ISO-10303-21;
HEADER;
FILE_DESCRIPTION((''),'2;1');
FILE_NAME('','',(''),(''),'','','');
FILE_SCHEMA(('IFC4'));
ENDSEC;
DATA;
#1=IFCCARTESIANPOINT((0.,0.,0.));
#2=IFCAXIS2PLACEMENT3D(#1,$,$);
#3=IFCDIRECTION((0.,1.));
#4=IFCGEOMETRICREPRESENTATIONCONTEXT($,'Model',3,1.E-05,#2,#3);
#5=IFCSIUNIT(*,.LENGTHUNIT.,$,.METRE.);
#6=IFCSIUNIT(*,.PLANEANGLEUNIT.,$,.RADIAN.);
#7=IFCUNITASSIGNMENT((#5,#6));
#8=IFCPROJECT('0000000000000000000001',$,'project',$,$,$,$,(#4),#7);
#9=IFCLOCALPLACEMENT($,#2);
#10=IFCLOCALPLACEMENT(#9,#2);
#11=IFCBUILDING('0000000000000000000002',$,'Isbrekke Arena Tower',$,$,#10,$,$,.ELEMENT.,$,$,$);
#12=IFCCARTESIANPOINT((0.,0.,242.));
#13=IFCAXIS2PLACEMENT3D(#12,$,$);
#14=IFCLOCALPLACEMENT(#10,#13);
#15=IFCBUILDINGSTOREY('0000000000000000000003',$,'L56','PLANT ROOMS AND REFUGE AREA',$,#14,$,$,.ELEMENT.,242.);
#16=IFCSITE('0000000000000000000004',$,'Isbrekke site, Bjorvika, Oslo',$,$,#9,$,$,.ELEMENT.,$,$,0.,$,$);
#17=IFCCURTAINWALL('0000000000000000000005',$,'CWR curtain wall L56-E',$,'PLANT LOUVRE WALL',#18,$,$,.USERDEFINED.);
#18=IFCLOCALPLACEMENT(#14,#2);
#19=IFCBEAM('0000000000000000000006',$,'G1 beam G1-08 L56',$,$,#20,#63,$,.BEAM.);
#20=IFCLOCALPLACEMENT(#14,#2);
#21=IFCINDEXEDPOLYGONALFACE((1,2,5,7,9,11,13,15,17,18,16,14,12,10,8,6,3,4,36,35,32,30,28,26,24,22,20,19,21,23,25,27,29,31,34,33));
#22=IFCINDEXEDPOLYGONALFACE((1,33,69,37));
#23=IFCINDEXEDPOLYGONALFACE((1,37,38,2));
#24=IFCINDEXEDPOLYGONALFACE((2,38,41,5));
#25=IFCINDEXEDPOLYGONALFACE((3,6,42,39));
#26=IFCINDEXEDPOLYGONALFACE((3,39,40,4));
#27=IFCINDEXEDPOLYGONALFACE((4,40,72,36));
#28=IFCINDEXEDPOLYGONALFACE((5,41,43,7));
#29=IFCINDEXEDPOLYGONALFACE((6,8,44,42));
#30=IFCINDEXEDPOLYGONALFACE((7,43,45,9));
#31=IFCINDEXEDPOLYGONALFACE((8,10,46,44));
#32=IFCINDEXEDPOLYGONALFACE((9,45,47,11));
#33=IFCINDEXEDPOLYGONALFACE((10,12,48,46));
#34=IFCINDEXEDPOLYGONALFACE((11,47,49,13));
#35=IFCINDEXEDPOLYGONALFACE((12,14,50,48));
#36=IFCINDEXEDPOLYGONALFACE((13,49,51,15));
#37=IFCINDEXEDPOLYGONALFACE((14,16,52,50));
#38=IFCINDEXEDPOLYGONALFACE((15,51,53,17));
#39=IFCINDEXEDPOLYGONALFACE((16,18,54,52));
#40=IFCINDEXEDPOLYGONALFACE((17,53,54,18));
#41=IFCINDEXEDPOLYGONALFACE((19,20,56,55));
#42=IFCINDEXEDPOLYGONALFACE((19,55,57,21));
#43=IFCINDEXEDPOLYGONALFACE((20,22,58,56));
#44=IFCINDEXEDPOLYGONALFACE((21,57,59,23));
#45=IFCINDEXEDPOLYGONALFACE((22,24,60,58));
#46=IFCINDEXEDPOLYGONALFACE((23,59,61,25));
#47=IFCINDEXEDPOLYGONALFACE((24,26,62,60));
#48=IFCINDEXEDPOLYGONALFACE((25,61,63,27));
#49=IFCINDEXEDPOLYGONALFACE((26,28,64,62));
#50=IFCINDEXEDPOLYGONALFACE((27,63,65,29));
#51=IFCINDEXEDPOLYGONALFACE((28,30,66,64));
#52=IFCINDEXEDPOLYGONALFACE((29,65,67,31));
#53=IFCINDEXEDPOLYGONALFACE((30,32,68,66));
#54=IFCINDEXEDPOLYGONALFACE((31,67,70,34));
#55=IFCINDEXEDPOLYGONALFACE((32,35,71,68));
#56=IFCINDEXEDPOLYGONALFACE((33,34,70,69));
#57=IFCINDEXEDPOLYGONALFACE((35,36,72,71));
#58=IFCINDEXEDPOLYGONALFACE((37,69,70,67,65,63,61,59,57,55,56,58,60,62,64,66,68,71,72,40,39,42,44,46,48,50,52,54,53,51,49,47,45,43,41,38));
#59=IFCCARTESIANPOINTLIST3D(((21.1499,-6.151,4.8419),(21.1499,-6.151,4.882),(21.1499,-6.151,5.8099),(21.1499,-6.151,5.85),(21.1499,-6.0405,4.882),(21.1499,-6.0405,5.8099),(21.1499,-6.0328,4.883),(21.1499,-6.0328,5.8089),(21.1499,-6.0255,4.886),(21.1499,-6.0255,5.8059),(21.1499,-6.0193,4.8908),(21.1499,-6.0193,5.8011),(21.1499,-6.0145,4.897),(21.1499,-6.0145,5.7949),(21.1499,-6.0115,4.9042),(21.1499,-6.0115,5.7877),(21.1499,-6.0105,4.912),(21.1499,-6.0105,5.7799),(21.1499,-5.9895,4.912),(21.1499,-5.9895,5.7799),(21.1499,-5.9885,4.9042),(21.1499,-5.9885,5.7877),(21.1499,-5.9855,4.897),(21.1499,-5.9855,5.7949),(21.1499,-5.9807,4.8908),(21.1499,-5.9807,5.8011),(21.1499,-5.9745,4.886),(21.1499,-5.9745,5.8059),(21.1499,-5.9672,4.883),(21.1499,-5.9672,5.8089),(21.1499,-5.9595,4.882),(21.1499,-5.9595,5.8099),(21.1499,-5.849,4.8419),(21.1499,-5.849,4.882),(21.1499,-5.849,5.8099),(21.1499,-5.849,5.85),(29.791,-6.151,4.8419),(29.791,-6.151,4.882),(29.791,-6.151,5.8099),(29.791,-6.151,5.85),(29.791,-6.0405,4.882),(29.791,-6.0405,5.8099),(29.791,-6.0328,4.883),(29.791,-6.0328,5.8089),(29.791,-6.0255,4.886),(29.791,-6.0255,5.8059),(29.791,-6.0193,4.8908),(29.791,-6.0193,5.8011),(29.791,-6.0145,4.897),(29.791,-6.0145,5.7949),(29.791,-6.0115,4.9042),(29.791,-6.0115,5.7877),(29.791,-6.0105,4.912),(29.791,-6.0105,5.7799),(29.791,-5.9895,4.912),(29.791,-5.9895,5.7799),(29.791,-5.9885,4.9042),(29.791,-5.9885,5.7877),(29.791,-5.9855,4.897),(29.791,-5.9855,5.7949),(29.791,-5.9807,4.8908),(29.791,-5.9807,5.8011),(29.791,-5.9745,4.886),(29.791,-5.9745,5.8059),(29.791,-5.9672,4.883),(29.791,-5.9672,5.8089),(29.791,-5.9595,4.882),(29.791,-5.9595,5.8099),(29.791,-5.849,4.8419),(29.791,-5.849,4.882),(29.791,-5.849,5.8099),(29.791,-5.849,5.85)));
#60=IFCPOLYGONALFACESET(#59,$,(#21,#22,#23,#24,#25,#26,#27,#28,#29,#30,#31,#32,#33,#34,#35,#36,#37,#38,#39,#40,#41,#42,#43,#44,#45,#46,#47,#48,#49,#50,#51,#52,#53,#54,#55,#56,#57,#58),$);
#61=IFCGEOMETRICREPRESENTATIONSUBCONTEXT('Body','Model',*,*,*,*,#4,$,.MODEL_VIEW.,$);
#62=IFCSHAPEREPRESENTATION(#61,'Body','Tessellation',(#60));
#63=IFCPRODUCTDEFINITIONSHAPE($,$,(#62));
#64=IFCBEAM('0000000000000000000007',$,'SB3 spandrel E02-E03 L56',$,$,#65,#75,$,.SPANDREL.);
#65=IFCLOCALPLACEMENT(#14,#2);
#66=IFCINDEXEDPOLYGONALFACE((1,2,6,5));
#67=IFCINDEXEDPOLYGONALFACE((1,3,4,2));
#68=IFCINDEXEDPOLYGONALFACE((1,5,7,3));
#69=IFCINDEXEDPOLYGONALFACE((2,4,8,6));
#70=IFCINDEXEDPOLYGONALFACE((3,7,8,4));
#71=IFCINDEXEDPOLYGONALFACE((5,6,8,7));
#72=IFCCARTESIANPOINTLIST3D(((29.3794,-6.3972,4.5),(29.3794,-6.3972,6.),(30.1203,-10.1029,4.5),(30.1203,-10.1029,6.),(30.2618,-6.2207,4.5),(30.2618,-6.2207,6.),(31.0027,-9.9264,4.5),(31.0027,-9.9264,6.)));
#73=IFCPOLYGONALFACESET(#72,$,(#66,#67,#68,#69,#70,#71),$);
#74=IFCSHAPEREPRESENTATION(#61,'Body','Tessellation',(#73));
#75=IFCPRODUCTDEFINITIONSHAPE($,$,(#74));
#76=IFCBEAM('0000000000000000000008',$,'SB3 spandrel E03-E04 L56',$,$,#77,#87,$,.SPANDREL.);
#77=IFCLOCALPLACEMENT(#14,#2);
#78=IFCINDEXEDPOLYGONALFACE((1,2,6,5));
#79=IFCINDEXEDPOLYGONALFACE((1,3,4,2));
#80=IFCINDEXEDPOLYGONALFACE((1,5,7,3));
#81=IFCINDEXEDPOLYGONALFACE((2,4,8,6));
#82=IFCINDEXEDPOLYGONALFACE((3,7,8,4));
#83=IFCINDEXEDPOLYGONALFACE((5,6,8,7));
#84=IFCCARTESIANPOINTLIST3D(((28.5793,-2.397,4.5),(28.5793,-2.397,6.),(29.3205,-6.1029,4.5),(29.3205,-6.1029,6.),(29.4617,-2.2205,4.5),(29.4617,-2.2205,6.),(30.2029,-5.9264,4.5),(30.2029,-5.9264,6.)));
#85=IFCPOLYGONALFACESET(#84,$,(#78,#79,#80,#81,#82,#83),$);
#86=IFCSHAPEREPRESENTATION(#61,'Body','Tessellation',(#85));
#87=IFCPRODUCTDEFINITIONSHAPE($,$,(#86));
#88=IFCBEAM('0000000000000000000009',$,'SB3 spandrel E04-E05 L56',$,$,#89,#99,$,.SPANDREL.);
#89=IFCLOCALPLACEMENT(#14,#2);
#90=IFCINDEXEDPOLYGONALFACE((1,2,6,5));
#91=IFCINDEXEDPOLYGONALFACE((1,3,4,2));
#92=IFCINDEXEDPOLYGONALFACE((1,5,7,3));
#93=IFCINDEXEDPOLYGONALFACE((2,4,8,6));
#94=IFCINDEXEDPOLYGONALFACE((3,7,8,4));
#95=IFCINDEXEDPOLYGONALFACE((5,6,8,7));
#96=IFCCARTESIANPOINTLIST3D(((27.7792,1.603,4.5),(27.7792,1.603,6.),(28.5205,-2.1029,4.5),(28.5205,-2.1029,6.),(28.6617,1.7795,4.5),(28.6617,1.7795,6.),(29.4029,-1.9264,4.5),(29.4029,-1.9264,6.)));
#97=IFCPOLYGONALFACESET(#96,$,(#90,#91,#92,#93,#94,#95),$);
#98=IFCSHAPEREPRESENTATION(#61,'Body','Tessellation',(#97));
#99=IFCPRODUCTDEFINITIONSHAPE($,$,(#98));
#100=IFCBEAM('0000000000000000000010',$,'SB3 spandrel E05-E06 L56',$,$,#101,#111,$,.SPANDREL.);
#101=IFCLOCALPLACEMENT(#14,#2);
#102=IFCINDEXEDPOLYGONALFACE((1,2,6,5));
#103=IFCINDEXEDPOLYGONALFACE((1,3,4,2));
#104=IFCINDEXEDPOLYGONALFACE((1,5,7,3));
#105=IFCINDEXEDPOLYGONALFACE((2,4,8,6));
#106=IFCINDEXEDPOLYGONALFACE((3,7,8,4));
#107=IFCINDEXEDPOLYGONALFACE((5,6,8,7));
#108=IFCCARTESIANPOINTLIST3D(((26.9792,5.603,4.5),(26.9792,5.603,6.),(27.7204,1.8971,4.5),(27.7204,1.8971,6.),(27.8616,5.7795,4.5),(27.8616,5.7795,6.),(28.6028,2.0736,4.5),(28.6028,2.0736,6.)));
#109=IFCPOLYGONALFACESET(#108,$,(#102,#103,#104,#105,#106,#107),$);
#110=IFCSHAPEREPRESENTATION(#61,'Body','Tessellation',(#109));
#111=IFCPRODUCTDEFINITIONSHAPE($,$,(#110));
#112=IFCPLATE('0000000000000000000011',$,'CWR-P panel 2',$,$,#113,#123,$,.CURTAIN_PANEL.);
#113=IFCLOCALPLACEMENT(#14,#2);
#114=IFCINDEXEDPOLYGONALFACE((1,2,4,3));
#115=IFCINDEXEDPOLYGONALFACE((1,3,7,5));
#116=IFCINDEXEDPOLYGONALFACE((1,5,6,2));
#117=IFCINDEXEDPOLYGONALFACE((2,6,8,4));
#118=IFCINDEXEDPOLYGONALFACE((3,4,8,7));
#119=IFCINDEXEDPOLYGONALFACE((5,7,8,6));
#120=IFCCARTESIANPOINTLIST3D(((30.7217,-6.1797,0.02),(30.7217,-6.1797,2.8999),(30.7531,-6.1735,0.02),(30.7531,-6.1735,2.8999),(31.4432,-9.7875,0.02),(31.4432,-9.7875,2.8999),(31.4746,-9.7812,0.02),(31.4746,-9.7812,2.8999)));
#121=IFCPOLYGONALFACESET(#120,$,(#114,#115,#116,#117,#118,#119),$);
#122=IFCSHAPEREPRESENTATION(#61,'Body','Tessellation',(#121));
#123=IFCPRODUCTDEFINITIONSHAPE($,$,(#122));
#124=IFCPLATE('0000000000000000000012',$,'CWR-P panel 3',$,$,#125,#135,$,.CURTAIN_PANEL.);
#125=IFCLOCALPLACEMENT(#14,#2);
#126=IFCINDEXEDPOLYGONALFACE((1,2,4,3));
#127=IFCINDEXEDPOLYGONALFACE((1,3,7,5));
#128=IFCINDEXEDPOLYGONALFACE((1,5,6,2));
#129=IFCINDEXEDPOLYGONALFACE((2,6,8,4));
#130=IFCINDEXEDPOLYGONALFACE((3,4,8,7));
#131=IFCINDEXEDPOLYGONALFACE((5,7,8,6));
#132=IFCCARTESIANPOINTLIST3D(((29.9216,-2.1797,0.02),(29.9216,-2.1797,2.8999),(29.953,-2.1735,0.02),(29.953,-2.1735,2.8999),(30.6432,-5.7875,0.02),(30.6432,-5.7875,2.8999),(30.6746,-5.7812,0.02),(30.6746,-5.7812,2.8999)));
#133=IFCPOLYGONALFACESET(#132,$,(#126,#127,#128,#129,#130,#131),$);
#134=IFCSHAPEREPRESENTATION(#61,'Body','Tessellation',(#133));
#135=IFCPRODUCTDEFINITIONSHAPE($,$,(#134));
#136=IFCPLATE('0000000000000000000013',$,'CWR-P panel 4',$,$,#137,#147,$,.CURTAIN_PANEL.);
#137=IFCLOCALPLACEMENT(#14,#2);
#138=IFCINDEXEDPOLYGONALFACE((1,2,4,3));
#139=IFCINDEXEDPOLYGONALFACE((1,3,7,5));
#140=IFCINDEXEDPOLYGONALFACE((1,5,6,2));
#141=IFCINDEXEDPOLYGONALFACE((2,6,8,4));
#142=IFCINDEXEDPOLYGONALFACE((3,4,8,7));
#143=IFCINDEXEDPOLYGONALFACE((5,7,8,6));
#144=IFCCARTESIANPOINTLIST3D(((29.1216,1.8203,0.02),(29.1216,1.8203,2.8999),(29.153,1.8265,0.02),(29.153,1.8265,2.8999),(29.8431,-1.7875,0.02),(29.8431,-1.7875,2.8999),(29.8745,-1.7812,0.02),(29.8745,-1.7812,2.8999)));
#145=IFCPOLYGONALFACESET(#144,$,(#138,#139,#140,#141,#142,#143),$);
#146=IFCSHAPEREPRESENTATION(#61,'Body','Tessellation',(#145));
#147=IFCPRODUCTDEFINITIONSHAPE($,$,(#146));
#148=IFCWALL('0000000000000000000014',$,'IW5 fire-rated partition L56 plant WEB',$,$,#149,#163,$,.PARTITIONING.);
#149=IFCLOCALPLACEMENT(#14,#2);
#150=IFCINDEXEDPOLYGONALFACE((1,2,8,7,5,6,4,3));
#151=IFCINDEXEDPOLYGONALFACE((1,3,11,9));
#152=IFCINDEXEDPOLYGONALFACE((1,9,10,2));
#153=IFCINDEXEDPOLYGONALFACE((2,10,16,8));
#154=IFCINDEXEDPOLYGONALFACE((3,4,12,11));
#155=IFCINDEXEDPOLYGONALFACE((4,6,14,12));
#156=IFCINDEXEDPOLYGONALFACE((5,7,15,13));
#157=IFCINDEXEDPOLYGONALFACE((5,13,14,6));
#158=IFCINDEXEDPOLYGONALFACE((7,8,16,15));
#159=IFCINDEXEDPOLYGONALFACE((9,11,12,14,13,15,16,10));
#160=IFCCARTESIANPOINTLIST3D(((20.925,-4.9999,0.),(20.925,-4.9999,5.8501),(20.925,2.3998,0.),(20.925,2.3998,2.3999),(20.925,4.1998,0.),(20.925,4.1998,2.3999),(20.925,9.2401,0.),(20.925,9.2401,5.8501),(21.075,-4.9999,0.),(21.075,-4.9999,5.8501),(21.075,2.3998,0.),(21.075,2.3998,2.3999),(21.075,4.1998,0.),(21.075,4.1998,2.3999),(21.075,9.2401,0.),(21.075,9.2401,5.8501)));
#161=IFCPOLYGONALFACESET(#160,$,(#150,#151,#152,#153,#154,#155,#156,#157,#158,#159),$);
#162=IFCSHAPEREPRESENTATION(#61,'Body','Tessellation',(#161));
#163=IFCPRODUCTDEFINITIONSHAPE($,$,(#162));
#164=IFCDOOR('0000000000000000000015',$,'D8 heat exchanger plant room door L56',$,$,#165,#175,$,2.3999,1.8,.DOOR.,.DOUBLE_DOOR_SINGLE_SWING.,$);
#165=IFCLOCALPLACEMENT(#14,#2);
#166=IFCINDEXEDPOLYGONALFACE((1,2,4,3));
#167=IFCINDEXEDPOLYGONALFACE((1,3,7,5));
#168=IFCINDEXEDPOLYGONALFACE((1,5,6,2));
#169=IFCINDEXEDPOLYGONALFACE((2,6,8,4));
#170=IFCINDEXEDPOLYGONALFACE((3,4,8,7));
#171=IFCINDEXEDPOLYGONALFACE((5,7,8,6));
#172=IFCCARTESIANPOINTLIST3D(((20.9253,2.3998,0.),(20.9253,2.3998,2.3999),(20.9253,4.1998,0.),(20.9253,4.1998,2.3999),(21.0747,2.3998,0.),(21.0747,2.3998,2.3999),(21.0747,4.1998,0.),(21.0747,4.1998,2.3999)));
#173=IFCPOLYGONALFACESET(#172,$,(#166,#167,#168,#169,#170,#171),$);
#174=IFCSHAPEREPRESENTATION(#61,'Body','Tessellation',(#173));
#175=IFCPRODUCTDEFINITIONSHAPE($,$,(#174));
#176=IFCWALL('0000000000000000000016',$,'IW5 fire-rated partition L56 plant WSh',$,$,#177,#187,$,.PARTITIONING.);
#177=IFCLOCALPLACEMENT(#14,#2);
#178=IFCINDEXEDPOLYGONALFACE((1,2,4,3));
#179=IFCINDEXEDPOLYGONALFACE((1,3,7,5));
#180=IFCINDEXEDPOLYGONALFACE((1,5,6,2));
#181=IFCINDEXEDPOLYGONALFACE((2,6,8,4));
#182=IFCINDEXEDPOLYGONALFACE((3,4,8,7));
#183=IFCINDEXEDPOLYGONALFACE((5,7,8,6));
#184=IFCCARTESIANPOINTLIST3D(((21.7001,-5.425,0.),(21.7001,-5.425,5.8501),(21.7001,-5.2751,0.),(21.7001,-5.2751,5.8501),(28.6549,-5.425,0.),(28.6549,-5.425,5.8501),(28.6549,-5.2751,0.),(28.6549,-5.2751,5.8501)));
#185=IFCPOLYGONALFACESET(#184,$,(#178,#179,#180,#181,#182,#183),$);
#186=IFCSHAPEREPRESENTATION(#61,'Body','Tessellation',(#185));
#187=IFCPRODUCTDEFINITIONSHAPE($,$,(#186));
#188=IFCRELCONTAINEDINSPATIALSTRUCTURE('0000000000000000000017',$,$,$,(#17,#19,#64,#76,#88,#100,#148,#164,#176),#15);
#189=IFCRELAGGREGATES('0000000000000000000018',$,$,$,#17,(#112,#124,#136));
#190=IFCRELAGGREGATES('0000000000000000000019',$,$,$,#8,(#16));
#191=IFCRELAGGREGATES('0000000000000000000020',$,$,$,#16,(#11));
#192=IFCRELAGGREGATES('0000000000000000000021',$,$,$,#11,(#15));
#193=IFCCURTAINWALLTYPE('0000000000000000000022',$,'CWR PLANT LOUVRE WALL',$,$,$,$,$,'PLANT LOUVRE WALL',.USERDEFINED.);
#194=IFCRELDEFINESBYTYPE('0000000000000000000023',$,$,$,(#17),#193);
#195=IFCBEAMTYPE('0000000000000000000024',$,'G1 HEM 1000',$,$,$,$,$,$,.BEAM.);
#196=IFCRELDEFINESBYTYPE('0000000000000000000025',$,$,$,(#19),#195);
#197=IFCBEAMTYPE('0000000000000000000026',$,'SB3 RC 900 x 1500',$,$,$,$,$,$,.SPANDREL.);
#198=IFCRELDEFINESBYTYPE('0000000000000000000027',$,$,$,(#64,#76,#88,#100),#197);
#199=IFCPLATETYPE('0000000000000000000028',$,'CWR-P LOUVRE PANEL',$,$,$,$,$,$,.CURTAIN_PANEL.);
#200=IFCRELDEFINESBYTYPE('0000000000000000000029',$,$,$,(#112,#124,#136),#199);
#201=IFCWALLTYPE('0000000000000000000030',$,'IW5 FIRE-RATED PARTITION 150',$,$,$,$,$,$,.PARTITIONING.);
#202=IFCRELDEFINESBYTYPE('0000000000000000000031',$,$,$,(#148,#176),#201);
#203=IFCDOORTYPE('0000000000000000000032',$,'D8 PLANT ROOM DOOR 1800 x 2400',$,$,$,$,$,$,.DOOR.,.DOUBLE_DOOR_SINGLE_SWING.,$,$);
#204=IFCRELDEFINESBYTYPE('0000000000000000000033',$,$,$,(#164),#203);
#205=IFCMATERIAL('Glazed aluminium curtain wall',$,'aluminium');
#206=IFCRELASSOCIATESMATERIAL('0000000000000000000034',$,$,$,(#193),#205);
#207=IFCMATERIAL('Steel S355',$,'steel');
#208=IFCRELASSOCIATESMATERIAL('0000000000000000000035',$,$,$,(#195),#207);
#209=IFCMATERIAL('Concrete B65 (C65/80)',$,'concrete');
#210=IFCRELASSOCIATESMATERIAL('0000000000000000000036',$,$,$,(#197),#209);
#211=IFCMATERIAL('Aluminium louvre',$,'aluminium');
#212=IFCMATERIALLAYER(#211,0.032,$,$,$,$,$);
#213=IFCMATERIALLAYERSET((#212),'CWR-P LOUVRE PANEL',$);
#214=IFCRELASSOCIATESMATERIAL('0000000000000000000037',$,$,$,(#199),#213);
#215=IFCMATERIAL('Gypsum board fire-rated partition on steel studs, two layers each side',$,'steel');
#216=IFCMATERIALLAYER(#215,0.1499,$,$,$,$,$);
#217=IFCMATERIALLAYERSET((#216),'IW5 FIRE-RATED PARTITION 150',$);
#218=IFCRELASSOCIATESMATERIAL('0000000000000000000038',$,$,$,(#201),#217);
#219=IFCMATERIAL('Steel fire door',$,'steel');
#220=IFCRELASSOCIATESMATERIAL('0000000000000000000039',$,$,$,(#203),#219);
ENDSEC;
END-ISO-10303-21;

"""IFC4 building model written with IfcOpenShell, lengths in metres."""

from ifc_helpers import new_model, si_unit, direction, frame, frame_2d, origin, origin_2d, place, context, subcontext, project, spatial, rectangle, i_section, extrude, material, layer, layer_set, material_profile, profile_set, type_object, element, fill, aggregate, save


model = new_model("IFC4")

# Units and contexts
model_context = context("Model", 3, precision=1e-05, world=origin(), true_north=direction((0.0, 1.0)))
body_context = subcontext(model_context, "Body", "Model", "MODEL_VIEW")
ifc_project = project(units=[si_unit("LENGTHUNIT", "METRE"), si_unit("PLANEANGLEUNIT", "RADIAN")], contexts=[model_context])

# Site, building, storey
site_placement = place(None, origin())
site = spatial("IfcSite", under=ifc_project, at=site_placement, Name="Isbrekke site, Bjorvika, Oslo", CompositionType="ELEMENT", RefElevation=0.0)
building_placement = place(site_placement, origin())
building = spatial("IfcBuilding", under=site, at=building_placement, Name="Isbrekke Arena Tower", CompositionType="ELEMENT")
storey_placement = place(building_placement, frame((0.0, 0.0, 242.0)))
storey = spatial("IfcBuildingStorey", under=building, at=storey_placement, Name="L56", Description="PLANT ROOMS AND REFUGE AREA", CompositionType="ELEMENT", Elevation=242.0)

# Curtain wall
ifc_material_1 = material(Name="Glazed aluminium curtain wall", Category="aluminium")
curtain_wall_type = type_object("IfcCurtainWallType", Name="CWR PLANT LOUVRE WALL", ElementType="PLANT LOUVRE WALL", PredefinedType="USERDEFINED", material=ifc_material_1)
curtain_wall_placement = place(storey_placement, origin())
curtain_wall = element("IfcCurtainWall", 1, at=curtain_wall_placement, inside=storey, type_object=curtain_wall_type, Name="CWR curtain wall L56-E", ObjectType="PLANT LOUVRE WALL", PredefinedType="USERDEFINED")

# Beams
ifc_material_2 = material(Name="Steel S355", Category="steel")
ifc_material_profile_1 = material_profile(ifc_material_2, i_section(OverallWidth=0.302, OverallDepth=1.0081, WebThickness=0.021, FlangeThickness=0.04, FilletRadius=0.03, at=origin_2d()), Name="HEM 1000")
ifc_profile_set_1 = profile_set([ifc_material_profile_1], Name="Steel S355")
beam_type_1 = type_object("IfcBeamType", Name="G1 HEM 1000", PredefinedType="BEAM", material=ifc_profile_set_1)
beam_1_placement = place(storey_placement, frame((21.1499, -6.0, 5.3459), z_axis=(1.0, 0.0, 0.0), x_axis=(0.0, 1.0, 0.0)))
element("IfcBeam", 2, at=beam_1_placement, inside=storey, type_object=beam_type_1, Name="G1 beam G1-08 L56", PredefinedType="BEAM", context=body_context, shape_type="SweptSolid", body=[
    extrude(i_section(OverallWidth=0.302, OverallDepth=1.0081, WebThickness=0.021, FlangeThickness=0.04, FilletRadius=0.03, at=origin_2d()), origin(), (0.0, 0.0, 1.0), 8.6411),
])
ifc_material_3 = material(Name="Concrete B65 (C65/80)", Category="concrete")
ifc_material_profile_2 = material_profile(ifc_material_3, rectangle(XDim=0.8999, YDim=1.5, at=origin_2d()), Name="RC 900x1500")
ifc_profile_set_2 = profile_set([ifc_material_profile_2], Name="Concrete B65 (C65/80)")
beam_type_2 = type_object("IfcBeamType", Name="SB3 RC 900 x 1500", PredefinedType="SPANDREL", material=ifc_profile_set_2)
beam_2_placement = place(storey_placement, frame((30.5615, -10.0146, 5.25), z_axis=(-0.196066, 0.980591, 0.0), x_axis=(-0.980591, -0.196066, 0.0)))
element("IfcBeam", 3, at=beam_2_placement, inside=storey, type_object=beam_type_2, Name="SB3 spandrel E02-E03 L56", PredefinedType="SPANDREL", context=body_context, shape_type="SweptSolid", body=[
    extrude(rectangle(XDim=0.8999, YDim=1.5, at=origin_2d()), origin(), (0.0, 0.0, 1.0), 3.7791),
])
for number, where, z_axis, x_axis, name in (
    (4, (29.7617, -6.0146, 5.25), (-0.196129, 0.980578, 0.0), (-0.980578, -0.196129, 0.0), "SB3 spandrel E03-E04 L56"),
    (5, (28.9617, -2.0146, 5.25), (-0.196129, 0.980578, 0.0), (-0.980578, -0.196129, 0.0), "SB3 spandrel E04-E05 L56"),
    (6, (28.1616, 1.9854, 5.25), (-0.196129, 0.980578, 0.0), (-0.980578, -0.196129, 0.0), "SB3 spandrel E05-E06 L56"),
):
    element("IfcBeam", number, at=place(storey_placement, frame(where, z_axis=z_axis, x_axis=x_axis)), inside=storey, type_object=beam_type_2, Name=name, PredefinedType="SPANDREL", context=body_context, shape_type="SweptSolid", body=[
        extrude(rectangle(XDim=0.8999, YDim=1.5, at=origin_2d()), origin(), (0.0, 0.0, 1.0), 3.7793),
    ])

# Plates
ifc_material_4 = material(Name="Aluminium louvre", Category="aluminium")
ifc_layer_1 = layer(ifc_material_4, 0.032)
ifc_layer_set_1 = layer_set([ifc_layer_1], Name="CWR-P LOUVRE PANEL")
plate_type = type_object("IfcPlateType", Name="CWR-P LOUVRE PANEL", PredefinedType="CURTAIN_PANEL", material=ifc_layer_set_1)
plate_1_placement = place(storey_placement, frame((31.0981, -7.9805, 0.02), z_axis=(0.0, 0.0, 1.0), x_axis=(-0.196116, 0.980581, 0.0)))
plate_1 = element("IfcPlate", 7, at=plate_1_placement, type_object=plate_type, Name="CWR-P panel 2", PredefinedType="CURTAIN_PANEL", context=body_context, shape_type="SweptSolid", body=[
    extrude(rectangle(XDim=3.6792, YDim=0.032, at=origin_2d()), origin(), (0.0, 0.0, 1.0), 2.8799),
])
plate_2_placement = place(storey_placement, frame((30.2981, -3.9805, 0.02), z_axis=(0.0, 0.0, 1.0), x_axis=(-0.196116, 0.980581, 0.0)))
plate_2 = element("IfcPlate", 8, at=plate_2_placement, type_object=plate_type, Name="CWR-P panel 3", PredefinedType="CURTAIN_PANEL", context=body_context, shape_type="SweptSolid", body=[
    extrude(rectangle(XDim=3.6792, YDim=0.032, at=origin_2d()), origin(), (0.0, 0.0, 1.0), 2.8799),
])
plate_3_placement = place(storey_placement, frame((29.498, 0.0195, 0.02), z_axis=(0.0, 0.0, 1.0), x_axis=(-0.196116, 0.980581, 0.0)))
plate_3 = element("IfcPlate", 9, at=plate_3_placement, type_object=plate_type, Name="CWR-P panel 4", PredefinedType="CURTAIN_PANEL", context=body_context, shape_type="SweptSolid", body=[
    extrude(rectangle(XDim=3.6792, YDim=0.032, at=origin_2d()), origin(), (0.0, 0.0, 1.0), 2.8799),
])
aggregate(curtain_wall, [plate_1, plate_2, plate_3])

# Wall, opening, door
ifc_material_5 = material(Name="Gypsum board fire-rated partition on steel studs, two layers each side", Category="steel")
ifc_layer_2 = layer(ifc_material_5, 0.1499)
ifc_layer_set_2 = layer_set([ifc_layer_2], Name="IW5 FIRE-RATED PARTITION 150")
wall_type = type_object("IfcWallType", Name="IW5 FIRE-RATED PARTITION 150", PredefinedType="PARTITIONING", material=ifc_layer_set_2)
wall_1_placement = place(storey_placement, frame((21.0, -5.0, 0.0), z_axis=(0.0, 0.0, 1.0), x_axis=(0.0, 1.0, 0.0)))
wall_1 = element("IfcWall", 10, at=wall_1_placement, inside=storey, type_object=wall_type, Name="IW5 fire-rated partition L56 plant WEB", PredefinedType="PARTITIONING", context=body_context, shape_type="SweptSolid", body=[
    extrude(rectangle(XDim=14.24, YDim=0.1499, at=frame_2d((7.1201, 0.0))), origin(), (0.0, 0.0, 1.0), 5.8501),
])
opening_placement = place(wall_1_placement, frame((7.3999, 0.0, 0.0)))
opening = element("IfcOpeningElement", 11, at=opening_placement, cuts=wall_1, PredefinedType="OPENING", context=body_context, shape_type="SweptSolid", body=[
    extrude(rectangle(XDim=1.8, YDim=2.3999, at=frame_2d((0.8999, 1.2))), frame((0.0, 0.0898, 0.0), z_axis=(0.0, -1.0, 0.0), x_axis=(1.0, 0.0, 0.0)), (0.0, 0.0, 1.0), 0.1797),
])
ifc_material_6 = material(Name="Steel fire door", Category="steel")
door_type = type_object("IfcDoorType", Name="D8 PLANT ROOM DOOR 1800 x 2400", OperationType="DOUBLE_DOOR_SINGLE_SWING", PredefinedType="DOOR", material=ifc_material_6)
door_placement = place(opening_placement, origin())
door = element("IfcDoor", 12, at=door_placement, inside=storey, type_object=door_type, Name="D8 heat exchanger plant room door L56", OperationType="DOUBLE_DOOR_SINGLE_SWING", OverallHeight=2.3999, OverallWidth=1.8, PredefinedType="DOOR", context=body_context, shape_type="SweptSolid", body=[
    extrude(rectangle(XDim=1.8, YDim=2.3999, at=frame_2d((0.8999, 1.2))), frame((0.0, 0.0747, 0.0), z_axis=(0.0, -1.0, 0.0), x_axis=(1.0, 0.0, 0.0)), (0.0, 0.0, 1.0), 0.1494),
])
fill(opening, door)

# Wall
wall_2_placement = place(storey_placement, frame((21.7, -5.3501, 0.0), z_axis=(0.0, 0.0, 1.0), x_axis=(1.0, 0.0, 0.0)))
element("IfcWall", 13, at=wall_2_placement, inside=storey, type_object=wall_type, Name="IW5 fire-rated partition L56 plant WSh", PredefinedType="PARTITIONING", context=body_context, shape_type="SweptSolid", body=[
    extrude(rectangle(XDim=6.9548, YDim=0.1499, at=frame_2d((3.4775, 0.0))), origin(), (0.0, 0.0, 1.0), 5.8501),
])

save(model, "model.ifc")
